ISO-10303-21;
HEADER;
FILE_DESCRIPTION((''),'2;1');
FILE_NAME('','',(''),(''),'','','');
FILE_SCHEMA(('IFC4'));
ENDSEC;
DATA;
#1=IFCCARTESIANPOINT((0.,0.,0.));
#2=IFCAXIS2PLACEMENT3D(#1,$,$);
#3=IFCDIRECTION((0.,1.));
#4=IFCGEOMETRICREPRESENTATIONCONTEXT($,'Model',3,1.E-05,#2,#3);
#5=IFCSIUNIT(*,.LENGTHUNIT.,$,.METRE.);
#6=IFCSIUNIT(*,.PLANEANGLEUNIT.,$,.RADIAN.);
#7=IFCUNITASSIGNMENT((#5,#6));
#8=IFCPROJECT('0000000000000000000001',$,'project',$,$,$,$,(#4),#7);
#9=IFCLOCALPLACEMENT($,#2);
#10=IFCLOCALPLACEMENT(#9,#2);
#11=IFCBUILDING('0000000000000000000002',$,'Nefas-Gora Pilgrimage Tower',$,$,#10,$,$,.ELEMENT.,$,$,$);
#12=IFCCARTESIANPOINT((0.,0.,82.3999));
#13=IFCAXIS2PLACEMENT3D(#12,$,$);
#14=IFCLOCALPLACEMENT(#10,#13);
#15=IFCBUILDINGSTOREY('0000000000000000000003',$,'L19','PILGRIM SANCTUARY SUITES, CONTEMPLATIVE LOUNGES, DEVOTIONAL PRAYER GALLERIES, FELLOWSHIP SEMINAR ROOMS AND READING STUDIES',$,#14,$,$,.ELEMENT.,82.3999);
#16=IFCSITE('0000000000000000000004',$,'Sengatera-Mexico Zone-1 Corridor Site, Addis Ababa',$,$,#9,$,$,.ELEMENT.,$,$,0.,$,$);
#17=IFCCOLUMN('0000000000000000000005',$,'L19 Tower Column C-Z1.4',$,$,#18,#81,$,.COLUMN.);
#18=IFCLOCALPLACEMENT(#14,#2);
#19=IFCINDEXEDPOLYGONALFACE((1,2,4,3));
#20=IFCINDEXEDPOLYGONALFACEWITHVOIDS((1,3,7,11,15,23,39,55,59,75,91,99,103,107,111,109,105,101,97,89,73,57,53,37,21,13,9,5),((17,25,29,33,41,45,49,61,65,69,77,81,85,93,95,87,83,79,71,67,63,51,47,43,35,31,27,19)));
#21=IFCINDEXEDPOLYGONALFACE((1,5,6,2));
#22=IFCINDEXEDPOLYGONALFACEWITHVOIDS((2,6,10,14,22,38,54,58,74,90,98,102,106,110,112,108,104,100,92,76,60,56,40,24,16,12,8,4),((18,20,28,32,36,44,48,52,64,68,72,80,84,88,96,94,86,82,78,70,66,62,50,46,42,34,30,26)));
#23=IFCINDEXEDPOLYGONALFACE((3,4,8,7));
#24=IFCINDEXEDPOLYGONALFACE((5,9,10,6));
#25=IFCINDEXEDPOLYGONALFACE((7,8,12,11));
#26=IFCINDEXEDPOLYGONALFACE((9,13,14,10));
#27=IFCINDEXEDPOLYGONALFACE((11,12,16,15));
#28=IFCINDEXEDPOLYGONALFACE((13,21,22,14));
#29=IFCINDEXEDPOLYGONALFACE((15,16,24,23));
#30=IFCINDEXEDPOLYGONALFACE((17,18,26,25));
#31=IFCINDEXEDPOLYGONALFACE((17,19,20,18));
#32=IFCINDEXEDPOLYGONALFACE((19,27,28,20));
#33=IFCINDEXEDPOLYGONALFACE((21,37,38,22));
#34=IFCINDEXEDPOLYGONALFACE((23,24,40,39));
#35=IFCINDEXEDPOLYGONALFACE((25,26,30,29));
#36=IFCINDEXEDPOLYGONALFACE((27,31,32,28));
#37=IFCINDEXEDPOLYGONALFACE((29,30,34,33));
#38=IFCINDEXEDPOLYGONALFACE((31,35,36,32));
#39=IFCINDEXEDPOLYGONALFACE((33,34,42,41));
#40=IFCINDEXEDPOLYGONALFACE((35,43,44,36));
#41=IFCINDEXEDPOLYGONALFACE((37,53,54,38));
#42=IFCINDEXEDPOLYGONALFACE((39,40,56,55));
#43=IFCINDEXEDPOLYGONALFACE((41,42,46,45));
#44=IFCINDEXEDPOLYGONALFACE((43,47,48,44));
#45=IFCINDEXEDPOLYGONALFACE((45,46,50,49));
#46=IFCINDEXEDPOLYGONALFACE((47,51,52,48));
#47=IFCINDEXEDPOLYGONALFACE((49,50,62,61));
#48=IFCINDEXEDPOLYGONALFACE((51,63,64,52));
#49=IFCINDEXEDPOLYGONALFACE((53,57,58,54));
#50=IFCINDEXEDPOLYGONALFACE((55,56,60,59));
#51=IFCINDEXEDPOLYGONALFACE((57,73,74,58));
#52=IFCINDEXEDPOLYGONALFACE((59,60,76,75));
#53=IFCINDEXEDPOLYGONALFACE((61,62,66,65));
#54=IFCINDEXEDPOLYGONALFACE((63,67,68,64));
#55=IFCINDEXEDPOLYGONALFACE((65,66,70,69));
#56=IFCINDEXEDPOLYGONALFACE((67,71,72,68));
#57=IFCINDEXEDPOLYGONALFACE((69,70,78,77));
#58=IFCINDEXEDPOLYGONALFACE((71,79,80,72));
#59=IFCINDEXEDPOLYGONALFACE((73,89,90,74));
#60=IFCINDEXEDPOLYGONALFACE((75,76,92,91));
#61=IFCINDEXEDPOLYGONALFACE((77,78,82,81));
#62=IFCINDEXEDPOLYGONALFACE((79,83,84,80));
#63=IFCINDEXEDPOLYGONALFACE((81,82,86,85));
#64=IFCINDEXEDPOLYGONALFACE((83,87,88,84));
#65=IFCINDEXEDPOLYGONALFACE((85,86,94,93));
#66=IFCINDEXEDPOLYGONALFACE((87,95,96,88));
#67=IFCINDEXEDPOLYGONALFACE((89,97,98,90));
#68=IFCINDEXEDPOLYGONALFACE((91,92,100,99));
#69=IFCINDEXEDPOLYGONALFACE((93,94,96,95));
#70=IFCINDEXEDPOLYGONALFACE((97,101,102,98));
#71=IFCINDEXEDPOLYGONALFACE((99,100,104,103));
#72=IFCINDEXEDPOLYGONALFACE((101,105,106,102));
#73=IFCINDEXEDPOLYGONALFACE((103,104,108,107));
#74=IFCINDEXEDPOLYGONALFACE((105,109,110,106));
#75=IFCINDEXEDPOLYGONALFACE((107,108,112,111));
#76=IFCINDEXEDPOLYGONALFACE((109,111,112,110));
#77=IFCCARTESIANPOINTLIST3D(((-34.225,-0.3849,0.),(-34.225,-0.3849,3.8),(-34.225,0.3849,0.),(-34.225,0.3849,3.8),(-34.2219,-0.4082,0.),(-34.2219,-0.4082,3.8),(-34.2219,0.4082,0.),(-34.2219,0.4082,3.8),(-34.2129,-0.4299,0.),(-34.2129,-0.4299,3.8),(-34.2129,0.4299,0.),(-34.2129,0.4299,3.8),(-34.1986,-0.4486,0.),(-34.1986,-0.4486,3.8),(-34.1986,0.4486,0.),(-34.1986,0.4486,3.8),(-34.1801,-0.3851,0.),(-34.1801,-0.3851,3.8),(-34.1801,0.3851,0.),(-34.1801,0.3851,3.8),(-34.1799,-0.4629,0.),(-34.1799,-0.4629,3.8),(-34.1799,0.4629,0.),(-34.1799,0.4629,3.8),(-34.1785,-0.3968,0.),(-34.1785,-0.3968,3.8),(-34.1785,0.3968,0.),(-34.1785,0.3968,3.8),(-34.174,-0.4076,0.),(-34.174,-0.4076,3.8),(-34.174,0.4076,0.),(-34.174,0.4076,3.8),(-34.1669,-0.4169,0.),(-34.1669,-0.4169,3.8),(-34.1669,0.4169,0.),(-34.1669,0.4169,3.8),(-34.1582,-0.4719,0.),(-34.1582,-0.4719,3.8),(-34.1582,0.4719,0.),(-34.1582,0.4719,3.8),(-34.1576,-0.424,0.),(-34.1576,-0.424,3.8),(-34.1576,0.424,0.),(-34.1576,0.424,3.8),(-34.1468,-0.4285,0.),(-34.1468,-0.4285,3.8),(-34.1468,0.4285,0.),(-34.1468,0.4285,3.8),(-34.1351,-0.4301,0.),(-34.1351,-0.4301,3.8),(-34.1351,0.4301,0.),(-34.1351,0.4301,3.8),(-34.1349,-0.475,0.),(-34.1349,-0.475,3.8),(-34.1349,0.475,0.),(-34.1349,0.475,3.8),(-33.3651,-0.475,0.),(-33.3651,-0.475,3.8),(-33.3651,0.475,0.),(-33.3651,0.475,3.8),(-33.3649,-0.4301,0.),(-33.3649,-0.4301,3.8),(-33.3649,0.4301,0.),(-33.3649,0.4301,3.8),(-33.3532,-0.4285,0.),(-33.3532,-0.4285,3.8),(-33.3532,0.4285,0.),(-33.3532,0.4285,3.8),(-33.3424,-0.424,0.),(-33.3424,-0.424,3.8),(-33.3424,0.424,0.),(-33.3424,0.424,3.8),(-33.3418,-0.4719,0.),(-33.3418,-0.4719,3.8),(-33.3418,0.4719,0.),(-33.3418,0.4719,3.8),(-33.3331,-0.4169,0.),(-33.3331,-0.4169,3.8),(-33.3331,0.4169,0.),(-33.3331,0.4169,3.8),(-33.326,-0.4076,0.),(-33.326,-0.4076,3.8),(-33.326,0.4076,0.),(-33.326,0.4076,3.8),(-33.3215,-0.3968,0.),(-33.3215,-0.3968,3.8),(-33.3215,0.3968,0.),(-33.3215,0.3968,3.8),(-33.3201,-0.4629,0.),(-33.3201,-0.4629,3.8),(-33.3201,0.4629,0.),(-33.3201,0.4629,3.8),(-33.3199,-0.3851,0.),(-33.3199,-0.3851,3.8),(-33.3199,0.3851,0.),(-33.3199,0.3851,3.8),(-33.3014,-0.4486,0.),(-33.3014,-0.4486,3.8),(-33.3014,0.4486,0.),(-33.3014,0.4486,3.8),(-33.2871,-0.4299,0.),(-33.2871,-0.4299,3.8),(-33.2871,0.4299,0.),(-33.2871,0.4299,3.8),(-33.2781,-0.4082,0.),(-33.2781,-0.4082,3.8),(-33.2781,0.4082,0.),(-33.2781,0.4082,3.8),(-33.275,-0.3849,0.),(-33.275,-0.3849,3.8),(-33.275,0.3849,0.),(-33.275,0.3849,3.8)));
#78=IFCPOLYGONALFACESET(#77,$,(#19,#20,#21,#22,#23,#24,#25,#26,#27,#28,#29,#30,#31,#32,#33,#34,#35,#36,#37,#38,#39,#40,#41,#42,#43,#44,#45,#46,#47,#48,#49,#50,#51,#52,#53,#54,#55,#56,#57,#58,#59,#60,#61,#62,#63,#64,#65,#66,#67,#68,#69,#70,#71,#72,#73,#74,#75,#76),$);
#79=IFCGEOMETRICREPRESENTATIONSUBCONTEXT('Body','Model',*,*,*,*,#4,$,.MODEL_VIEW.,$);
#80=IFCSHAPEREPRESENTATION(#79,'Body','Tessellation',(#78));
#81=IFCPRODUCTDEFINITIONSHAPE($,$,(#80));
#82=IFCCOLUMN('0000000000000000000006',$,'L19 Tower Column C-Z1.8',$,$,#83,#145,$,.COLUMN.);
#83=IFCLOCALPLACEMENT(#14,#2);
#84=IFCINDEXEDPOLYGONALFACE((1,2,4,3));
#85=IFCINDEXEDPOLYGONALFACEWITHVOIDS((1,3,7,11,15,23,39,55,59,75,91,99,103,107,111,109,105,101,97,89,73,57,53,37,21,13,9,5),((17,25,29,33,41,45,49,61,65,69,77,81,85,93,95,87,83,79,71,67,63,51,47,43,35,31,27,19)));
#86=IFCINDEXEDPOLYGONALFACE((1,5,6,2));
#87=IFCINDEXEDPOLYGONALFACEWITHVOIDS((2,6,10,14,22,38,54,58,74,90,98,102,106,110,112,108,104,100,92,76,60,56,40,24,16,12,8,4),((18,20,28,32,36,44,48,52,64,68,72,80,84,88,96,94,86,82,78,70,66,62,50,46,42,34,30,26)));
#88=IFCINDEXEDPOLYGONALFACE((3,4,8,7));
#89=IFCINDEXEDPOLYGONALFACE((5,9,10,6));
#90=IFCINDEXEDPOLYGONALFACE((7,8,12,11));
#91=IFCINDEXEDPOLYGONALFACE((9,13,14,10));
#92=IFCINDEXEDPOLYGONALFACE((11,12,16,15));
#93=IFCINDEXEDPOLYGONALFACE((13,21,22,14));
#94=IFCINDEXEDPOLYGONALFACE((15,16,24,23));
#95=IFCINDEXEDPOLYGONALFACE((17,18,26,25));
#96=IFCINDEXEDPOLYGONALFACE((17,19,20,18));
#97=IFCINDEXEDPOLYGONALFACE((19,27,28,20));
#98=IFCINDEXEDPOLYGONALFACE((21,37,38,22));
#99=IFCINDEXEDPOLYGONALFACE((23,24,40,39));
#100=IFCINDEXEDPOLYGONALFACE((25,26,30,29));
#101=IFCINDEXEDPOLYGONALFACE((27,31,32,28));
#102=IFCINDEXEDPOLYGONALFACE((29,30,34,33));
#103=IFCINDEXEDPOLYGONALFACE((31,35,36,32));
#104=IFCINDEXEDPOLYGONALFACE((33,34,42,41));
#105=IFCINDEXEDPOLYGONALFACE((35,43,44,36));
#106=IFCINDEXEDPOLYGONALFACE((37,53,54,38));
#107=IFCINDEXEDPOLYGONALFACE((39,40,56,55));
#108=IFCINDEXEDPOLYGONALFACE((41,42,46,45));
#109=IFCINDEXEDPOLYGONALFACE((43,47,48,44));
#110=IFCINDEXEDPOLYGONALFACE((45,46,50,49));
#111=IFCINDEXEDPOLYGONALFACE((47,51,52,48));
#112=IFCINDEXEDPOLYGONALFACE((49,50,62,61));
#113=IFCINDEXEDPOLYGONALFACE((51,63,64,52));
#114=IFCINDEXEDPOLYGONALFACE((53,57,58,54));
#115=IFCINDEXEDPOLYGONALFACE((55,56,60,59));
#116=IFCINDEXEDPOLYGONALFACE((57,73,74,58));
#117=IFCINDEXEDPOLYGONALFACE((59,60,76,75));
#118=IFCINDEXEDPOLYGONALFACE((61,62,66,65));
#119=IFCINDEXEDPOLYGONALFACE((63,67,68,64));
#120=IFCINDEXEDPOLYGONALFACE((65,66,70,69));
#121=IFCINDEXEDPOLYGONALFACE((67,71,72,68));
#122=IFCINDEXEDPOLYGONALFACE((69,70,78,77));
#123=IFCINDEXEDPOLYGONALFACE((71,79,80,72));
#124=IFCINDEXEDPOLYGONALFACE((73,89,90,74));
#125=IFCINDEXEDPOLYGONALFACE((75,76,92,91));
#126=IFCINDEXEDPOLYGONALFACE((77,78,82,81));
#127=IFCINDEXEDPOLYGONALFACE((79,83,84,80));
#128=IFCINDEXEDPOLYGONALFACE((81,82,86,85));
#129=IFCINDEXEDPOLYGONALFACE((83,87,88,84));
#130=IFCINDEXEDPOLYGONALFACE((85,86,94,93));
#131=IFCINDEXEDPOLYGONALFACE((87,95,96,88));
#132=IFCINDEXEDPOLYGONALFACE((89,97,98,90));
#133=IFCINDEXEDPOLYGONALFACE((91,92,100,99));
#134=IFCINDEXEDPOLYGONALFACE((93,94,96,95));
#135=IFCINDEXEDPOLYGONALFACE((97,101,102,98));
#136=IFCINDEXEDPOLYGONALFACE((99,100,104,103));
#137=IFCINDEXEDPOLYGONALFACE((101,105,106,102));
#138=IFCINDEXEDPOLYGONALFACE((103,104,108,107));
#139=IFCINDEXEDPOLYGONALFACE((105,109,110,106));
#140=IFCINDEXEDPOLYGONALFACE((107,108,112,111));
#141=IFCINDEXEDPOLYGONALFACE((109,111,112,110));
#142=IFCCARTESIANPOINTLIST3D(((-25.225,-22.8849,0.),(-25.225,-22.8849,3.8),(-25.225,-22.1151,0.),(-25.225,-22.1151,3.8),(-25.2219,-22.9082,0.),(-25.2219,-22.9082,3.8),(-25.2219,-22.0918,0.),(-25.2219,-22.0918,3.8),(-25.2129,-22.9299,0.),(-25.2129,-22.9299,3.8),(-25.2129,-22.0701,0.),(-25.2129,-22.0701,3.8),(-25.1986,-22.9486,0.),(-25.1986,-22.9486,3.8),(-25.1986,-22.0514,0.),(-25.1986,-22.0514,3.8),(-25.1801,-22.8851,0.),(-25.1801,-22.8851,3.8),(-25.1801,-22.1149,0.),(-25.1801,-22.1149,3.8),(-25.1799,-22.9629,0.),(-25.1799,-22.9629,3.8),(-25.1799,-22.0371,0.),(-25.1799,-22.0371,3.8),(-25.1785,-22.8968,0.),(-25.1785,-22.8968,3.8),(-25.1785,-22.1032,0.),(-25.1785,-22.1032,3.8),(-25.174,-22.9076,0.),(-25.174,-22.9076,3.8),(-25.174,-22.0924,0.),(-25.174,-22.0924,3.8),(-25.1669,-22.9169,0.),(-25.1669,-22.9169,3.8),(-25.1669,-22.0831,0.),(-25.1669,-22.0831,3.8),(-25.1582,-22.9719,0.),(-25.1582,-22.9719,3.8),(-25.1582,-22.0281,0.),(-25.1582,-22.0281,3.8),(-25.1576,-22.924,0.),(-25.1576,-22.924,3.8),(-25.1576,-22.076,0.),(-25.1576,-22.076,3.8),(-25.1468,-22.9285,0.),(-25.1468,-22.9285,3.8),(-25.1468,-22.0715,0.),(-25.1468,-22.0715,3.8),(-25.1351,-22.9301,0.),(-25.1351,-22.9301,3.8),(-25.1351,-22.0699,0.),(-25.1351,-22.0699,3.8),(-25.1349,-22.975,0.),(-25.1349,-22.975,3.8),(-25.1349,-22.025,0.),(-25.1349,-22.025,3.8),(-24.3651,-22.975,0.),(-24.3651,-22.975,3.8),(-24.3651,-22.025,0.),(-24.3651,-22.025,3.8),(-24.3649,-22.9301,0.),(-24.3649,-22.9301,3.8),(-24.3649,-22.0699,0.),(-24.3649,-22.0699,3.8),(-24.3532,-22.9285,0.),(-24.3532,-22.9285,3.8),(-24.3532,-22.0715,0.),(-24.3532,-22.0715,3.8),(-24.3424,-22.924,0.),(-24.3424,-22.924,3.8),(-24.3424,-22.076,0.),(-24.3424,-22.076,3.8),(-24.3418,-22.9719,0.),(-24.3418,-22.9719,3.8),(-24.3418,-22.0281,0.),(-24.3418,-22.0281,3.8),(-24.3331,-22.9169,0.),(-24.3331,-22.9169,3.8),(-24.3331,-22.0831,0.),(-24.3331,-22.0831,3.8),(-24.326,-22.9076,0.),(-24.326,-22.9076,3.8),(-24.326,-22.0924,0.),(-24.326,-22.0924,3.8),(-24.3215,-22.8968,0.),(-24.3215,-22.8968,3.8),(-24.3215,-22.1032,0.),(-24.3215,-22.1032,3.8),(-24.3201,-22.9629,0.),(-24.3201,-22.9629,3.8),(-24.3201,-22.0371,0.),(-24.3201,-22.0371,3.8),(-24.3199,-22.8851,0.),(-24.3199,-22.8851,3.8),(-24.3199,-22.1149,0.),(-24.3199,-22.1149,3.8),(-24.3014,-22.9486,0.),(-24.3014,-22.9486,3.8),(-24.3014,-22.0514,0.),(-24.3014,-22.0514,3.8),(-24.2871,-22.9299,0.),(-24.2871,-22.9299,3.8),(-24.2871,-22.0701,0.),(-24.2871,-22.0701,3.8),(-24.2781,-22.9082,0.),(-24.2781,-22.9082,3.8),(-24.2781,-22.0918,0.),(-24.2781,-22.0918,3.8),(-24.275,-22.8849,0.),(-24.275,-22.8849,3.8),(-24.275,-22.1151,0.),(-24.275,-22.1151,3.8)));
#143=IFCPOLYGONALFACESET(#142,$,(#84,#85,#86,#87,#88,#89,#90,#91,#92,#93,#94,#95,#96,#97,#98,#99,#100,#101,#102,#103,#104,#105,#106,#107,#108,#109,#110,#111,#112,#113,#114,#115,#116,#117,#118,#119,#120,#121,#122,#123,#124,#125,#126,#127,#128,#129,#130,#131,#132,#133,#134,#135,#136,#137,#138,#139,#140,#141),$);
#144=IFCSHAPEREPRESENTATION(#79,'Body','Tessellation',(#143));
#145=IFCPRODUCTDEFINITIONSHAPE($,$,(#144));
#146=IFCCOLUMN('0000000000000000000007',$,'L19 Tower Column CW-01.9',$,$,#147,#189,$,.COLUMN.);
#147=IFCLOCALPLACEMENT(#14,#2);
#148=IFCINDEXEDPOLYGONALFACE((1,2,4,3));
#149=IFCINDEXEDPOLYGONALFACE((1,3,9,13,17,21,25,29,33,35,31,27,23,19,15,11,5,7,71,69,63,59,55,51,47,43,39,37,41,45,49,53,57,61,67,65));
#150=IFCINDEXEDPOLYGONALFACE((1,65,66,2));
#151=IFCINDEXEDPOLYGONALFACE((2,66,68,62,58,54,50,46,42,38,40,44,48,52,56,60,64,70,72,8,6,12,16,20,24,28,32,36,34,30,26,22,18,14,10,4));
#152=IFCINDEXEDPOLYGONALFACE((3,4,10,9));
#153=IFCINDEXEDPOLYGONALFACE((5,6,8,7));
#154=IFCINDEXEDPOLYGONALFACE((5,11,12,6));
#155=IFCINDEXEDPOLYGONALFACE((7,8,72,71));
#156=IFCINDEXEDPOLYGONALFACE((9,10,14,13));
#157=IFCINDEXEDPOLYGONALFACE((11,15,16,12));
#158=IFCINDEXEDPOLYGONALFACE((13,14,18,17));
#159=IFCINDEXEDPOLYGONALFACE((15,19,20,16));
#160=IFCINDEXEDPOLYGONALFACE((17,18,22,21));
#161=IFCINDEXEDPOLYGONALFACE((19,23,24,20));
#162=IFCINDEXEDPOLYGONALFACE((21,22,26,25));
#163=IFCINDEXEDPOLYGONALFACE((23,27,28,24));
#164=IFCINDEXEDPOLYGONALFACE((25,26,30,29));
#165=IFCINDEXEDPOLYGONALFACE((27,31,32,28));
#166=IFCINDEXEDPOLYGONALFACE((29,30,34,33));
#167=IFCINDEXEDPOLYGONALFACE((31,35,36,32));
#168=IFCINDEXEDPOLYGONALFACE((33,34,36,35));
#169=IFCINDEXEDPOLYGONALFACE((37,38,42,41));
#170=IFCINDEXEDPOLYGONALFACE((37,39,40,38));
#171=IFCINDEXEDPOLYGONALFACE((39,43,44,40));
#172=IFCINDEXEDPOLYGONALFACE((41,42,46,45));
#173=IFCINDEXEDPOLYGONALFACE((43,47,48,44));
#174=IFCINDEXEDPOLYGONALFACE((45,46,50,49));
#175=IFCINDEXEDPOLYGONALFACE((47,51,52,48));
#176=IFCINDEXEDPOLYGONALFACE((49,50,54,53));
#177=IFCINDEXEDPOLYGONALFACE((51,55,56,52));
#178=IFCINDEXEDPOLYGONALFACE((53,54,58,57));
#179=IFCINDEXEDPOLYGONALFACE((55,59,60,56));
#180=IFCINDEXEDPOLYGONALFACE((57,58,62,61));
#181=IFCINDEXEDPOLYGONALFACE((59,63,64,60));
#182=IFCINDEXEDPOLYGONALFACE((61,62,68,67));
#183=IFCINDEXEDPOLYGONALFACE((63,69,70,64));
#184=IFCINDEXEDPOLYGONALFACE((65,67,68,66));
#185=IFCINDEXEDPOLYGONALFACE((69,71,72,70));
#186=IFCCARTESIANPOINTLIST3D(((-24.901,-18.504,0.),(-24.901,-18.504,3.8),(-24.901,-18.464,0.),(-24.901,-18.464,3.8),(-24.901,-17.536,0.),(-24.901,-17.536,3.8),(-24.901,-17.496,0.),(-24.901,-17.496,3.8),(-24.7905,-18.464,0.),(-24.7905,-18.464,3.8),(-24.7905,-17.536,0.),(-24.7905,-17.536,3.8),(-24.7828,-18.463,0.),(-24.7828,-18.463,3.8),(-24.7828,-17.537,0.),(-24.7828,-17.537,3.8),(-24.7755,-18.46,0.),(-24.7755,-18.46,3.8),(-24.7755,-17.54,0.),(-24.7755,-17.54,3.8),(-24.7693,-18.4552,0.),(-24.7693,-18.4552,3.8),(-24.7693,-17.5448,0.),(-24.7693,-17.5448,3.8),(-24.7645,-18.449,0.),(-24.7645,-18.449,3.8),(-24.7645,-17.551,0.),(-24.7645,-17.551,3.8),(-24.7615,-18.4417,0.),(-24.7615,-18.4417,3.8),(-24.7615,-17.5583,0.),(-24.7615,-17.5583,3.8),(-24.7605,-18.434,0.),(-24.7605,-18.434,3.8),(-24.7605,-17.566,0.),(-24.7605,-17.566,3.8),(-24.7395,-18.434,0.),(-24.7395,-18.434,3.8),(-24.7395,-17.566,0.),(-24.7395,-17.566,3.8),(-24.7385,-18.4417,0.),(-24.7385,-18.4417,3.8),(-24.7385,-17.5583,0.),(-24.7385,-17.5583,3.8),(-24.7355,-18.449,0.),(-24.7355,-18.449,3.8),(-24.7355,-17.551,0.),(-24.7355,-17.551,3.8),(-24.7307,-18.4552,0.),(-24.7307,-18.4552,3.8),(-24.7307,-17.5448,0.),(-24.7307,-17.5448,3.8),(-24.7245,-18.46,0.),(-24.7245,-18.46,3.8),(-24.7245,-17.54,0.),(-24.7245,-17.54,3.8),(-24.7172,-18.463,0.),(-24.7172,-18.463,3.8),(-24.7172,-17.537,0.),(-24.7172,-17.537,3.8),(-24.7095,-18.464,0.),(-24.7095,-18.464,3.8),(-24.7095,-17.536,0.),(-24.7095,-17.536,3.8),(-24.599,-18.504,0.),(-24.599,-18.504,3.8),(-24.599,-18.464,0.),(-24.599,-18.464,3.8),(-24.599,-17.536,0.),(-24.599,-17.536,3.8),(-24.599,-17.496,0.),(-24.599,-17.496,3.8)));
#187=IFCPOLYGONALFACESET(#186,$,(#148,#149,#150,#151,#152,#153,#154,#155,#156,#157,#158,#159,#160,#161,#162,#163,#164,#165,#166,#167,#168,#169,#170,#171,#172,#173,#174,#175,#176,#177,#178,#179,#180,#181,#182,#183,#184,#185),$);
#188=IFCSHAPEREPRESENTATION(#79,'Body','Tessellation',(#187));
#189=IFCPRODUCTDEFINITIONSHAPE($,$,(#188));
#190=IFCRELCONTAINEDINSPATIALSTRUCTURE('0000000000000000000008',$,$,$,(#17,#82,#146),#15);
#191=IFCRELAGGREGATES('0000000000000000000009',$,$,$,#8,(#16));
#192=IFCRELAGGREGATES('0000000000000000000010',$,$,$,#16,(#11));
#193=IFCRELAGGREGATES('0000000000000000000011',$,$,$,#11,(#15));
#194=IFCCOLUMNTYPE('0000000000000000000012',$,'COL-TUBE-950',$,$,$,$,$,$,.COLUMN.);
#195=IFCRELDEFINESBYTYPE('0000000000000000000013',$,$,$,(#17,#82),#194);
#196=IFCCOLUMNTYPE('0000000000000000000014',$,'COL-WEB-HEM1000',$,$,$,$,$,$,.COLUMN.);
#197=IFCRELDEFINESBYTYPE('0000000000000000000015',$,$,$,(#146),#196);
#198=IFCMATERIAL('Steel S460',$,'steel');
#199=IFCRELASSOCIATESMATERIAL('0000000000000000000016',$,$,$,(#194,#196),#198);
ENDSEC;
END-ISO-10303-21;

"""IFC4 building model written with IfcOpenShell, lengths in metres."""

from ifc_helpers import new_model, si_unit, direction, frame, origin, origin_2d, place, context, subcontext, project, spatial, hollow_rectangle, i_section, extrude, source, transform, mapped, material, material_profile, profile_set, type_object, element, save


model = new_model("IFC4")

# Units and contexts
model_context = context("Model", 3, precision=1e-05, world=origin(), true_north=direction((0.0, 1.0)))
body_context = subcontext(model_context, "Body", "Model", "MODEL_VIEW")
ifc_project = project(units=[si_unit("LENGTHUNIT", "METRE"), si_unit("PLANEANGLEUNIT", "RADIAN")], contexts=[model_context])

# Site, building, storey
site_placement = place(None, origin())
site = spatial("IfcSite", under=ifc_project, at=site_placement, Name="Sengatera-Mexico Zone-1 Corridor Site, Addis Ababa", CompositionType="ELEMENT", RefElevation=0.0)
building_placement = place(site_placement, origin())
building = spatial("IfcBuilding", under=site, at=building_placement, Name="Nefas-Gora Pilgrimage Tower", CompositionType="ELEMENT")
storey_placement = place(building_placement, frame((0.0, 0.0, 82.3999)))
storey = spatial("IfcBuildingStorey", under=building, at=storey_placement, Name="L19", Description="PILGRIM SANCTUARY SUITES, CONTEMPLATIVE LOUNGES, DEVOTIONAL PRAYER GALLERIES, FELLOWSHIP SEMINAR ROOMS AND READING STUDIES", CompositionType="ELEMENT", Elevation=82.3999)

# Columns
ifc_material_1 = material(Name="Steel S460", Category="steel")
ifc_material_profile_1 = material_profile(ifc_material_1, hollow_rectangle(XDim=0.95, YDim=0.95, WallThickness=0.0449, InnerFilletRadius=0.0449, OuterFilletRadius=0.0901, at=origin_2d()), Name="BOX 950x950x45")
ifc_profile_set_1 = profile_set([ifc_material_profile_1], Name="Steel S460")
column_type_1 = type_object("IfcColumnType", Name="COL-TUBE-950", PredefinedType="COLUMN", material=ifc_profile_set_1)
shared_shape_1 = source(origin(), body_context, "Body", "SweptSolid", [
    extrude(hollow_rectangle(XDim=0.95, YDim=0.95, WallThickness=0.0449, InnerFilletRadius=0.0449, OuterFilletRadius=0.0901, at=origin_2d()), origin(), (0.0, 0.0, 1.0), 3.8),
])
for number, where, z_axis, x_axis, name in (
    (1, (-33.75, 0.0, 0.0), (0.0, 0.0, 1.0), (1.0, 0.0, 0.0), "L19 Tower Column C-Z1.4"),
    (2, (-24.75, -22.5, 0.0), (0.0, 0.0, 1.0), (1.0, 0.0, 0.0), "L19 Tower Column C-Z1.8"),
):
    element("IfcColumn", number, at=place(storey_placement, frame(where, z_axis=z_axis, x_axis=x_axis)), inside=storey, type_object=column_type_1, Name=name, PredefinedType="COLUMN", context=body_context, shape_type="MappedRepresentation", body=[
        mapped(shared_shape_1, transform((0.0, 0.0, 0.0), x_axis=(1.0, 0.0, 0.0), y_axis=(0.0, 1.0, 0.0), z_axis=(0.0, 0.0, 1.0), scale=1.0)),
    ])
ifc_material_profile_2 = material_profile(ifc_material_1, i_section(OverallWidth=0.302, OverallDepth=1.0081, WebThickness=0.021, FlangeThickness=0.04, FilletRadius=0.03, at=origin_2d()), Name="HEM 1000")
ifc_profile_set_2 = profile_set([ifc_material_profile_2], Name="Steel S460")
column_type_2 = type_object("IfcColumnType", Name="COL-WEB-HEM1000", PredefinedType="COLUMN", material=ifc_profile_set_2)
shared_shape_2 = source(origin(), body_context, "Body", "SweptSolid", [
    extrude(i_section(OverallWidth=0.302, OverallDepth=1.0081, WebThickness=0.021, FlangeThickness=0.04, FilletRadius=0.03, at=origin_2d()), origin(), (0.0, 0.0, 1.0), 3.8),
])
for number, where, z_axis, x_axis, name in (
    (3, (-24.75, -18.0, 0.0), (0.0, 0.0, 1.0), (1.0, 0.0, 0.0), "L19 Tower Column CW-01.9"),
):
    element("IfcColumn", number, at=place(storey_placement, frame(where, z_axis=z_axis, x_axis=x_axis)), inside=storey, type_object=column_type_2, Name=name, PredefinedType="COLUMN", context=body_context, shape_type="MappedRepresentation", body=[
        mapped(shared_shape_2, transform((0.0, 0.0, 0.0), x_axis=(1.0, 0.0, 0.0), y_axis=(0.0, 1.0, 0.0), z_axis=(0.0, 0.0, 1.0), scale=1.0)),
    ])

save(model, "model.ifc")
